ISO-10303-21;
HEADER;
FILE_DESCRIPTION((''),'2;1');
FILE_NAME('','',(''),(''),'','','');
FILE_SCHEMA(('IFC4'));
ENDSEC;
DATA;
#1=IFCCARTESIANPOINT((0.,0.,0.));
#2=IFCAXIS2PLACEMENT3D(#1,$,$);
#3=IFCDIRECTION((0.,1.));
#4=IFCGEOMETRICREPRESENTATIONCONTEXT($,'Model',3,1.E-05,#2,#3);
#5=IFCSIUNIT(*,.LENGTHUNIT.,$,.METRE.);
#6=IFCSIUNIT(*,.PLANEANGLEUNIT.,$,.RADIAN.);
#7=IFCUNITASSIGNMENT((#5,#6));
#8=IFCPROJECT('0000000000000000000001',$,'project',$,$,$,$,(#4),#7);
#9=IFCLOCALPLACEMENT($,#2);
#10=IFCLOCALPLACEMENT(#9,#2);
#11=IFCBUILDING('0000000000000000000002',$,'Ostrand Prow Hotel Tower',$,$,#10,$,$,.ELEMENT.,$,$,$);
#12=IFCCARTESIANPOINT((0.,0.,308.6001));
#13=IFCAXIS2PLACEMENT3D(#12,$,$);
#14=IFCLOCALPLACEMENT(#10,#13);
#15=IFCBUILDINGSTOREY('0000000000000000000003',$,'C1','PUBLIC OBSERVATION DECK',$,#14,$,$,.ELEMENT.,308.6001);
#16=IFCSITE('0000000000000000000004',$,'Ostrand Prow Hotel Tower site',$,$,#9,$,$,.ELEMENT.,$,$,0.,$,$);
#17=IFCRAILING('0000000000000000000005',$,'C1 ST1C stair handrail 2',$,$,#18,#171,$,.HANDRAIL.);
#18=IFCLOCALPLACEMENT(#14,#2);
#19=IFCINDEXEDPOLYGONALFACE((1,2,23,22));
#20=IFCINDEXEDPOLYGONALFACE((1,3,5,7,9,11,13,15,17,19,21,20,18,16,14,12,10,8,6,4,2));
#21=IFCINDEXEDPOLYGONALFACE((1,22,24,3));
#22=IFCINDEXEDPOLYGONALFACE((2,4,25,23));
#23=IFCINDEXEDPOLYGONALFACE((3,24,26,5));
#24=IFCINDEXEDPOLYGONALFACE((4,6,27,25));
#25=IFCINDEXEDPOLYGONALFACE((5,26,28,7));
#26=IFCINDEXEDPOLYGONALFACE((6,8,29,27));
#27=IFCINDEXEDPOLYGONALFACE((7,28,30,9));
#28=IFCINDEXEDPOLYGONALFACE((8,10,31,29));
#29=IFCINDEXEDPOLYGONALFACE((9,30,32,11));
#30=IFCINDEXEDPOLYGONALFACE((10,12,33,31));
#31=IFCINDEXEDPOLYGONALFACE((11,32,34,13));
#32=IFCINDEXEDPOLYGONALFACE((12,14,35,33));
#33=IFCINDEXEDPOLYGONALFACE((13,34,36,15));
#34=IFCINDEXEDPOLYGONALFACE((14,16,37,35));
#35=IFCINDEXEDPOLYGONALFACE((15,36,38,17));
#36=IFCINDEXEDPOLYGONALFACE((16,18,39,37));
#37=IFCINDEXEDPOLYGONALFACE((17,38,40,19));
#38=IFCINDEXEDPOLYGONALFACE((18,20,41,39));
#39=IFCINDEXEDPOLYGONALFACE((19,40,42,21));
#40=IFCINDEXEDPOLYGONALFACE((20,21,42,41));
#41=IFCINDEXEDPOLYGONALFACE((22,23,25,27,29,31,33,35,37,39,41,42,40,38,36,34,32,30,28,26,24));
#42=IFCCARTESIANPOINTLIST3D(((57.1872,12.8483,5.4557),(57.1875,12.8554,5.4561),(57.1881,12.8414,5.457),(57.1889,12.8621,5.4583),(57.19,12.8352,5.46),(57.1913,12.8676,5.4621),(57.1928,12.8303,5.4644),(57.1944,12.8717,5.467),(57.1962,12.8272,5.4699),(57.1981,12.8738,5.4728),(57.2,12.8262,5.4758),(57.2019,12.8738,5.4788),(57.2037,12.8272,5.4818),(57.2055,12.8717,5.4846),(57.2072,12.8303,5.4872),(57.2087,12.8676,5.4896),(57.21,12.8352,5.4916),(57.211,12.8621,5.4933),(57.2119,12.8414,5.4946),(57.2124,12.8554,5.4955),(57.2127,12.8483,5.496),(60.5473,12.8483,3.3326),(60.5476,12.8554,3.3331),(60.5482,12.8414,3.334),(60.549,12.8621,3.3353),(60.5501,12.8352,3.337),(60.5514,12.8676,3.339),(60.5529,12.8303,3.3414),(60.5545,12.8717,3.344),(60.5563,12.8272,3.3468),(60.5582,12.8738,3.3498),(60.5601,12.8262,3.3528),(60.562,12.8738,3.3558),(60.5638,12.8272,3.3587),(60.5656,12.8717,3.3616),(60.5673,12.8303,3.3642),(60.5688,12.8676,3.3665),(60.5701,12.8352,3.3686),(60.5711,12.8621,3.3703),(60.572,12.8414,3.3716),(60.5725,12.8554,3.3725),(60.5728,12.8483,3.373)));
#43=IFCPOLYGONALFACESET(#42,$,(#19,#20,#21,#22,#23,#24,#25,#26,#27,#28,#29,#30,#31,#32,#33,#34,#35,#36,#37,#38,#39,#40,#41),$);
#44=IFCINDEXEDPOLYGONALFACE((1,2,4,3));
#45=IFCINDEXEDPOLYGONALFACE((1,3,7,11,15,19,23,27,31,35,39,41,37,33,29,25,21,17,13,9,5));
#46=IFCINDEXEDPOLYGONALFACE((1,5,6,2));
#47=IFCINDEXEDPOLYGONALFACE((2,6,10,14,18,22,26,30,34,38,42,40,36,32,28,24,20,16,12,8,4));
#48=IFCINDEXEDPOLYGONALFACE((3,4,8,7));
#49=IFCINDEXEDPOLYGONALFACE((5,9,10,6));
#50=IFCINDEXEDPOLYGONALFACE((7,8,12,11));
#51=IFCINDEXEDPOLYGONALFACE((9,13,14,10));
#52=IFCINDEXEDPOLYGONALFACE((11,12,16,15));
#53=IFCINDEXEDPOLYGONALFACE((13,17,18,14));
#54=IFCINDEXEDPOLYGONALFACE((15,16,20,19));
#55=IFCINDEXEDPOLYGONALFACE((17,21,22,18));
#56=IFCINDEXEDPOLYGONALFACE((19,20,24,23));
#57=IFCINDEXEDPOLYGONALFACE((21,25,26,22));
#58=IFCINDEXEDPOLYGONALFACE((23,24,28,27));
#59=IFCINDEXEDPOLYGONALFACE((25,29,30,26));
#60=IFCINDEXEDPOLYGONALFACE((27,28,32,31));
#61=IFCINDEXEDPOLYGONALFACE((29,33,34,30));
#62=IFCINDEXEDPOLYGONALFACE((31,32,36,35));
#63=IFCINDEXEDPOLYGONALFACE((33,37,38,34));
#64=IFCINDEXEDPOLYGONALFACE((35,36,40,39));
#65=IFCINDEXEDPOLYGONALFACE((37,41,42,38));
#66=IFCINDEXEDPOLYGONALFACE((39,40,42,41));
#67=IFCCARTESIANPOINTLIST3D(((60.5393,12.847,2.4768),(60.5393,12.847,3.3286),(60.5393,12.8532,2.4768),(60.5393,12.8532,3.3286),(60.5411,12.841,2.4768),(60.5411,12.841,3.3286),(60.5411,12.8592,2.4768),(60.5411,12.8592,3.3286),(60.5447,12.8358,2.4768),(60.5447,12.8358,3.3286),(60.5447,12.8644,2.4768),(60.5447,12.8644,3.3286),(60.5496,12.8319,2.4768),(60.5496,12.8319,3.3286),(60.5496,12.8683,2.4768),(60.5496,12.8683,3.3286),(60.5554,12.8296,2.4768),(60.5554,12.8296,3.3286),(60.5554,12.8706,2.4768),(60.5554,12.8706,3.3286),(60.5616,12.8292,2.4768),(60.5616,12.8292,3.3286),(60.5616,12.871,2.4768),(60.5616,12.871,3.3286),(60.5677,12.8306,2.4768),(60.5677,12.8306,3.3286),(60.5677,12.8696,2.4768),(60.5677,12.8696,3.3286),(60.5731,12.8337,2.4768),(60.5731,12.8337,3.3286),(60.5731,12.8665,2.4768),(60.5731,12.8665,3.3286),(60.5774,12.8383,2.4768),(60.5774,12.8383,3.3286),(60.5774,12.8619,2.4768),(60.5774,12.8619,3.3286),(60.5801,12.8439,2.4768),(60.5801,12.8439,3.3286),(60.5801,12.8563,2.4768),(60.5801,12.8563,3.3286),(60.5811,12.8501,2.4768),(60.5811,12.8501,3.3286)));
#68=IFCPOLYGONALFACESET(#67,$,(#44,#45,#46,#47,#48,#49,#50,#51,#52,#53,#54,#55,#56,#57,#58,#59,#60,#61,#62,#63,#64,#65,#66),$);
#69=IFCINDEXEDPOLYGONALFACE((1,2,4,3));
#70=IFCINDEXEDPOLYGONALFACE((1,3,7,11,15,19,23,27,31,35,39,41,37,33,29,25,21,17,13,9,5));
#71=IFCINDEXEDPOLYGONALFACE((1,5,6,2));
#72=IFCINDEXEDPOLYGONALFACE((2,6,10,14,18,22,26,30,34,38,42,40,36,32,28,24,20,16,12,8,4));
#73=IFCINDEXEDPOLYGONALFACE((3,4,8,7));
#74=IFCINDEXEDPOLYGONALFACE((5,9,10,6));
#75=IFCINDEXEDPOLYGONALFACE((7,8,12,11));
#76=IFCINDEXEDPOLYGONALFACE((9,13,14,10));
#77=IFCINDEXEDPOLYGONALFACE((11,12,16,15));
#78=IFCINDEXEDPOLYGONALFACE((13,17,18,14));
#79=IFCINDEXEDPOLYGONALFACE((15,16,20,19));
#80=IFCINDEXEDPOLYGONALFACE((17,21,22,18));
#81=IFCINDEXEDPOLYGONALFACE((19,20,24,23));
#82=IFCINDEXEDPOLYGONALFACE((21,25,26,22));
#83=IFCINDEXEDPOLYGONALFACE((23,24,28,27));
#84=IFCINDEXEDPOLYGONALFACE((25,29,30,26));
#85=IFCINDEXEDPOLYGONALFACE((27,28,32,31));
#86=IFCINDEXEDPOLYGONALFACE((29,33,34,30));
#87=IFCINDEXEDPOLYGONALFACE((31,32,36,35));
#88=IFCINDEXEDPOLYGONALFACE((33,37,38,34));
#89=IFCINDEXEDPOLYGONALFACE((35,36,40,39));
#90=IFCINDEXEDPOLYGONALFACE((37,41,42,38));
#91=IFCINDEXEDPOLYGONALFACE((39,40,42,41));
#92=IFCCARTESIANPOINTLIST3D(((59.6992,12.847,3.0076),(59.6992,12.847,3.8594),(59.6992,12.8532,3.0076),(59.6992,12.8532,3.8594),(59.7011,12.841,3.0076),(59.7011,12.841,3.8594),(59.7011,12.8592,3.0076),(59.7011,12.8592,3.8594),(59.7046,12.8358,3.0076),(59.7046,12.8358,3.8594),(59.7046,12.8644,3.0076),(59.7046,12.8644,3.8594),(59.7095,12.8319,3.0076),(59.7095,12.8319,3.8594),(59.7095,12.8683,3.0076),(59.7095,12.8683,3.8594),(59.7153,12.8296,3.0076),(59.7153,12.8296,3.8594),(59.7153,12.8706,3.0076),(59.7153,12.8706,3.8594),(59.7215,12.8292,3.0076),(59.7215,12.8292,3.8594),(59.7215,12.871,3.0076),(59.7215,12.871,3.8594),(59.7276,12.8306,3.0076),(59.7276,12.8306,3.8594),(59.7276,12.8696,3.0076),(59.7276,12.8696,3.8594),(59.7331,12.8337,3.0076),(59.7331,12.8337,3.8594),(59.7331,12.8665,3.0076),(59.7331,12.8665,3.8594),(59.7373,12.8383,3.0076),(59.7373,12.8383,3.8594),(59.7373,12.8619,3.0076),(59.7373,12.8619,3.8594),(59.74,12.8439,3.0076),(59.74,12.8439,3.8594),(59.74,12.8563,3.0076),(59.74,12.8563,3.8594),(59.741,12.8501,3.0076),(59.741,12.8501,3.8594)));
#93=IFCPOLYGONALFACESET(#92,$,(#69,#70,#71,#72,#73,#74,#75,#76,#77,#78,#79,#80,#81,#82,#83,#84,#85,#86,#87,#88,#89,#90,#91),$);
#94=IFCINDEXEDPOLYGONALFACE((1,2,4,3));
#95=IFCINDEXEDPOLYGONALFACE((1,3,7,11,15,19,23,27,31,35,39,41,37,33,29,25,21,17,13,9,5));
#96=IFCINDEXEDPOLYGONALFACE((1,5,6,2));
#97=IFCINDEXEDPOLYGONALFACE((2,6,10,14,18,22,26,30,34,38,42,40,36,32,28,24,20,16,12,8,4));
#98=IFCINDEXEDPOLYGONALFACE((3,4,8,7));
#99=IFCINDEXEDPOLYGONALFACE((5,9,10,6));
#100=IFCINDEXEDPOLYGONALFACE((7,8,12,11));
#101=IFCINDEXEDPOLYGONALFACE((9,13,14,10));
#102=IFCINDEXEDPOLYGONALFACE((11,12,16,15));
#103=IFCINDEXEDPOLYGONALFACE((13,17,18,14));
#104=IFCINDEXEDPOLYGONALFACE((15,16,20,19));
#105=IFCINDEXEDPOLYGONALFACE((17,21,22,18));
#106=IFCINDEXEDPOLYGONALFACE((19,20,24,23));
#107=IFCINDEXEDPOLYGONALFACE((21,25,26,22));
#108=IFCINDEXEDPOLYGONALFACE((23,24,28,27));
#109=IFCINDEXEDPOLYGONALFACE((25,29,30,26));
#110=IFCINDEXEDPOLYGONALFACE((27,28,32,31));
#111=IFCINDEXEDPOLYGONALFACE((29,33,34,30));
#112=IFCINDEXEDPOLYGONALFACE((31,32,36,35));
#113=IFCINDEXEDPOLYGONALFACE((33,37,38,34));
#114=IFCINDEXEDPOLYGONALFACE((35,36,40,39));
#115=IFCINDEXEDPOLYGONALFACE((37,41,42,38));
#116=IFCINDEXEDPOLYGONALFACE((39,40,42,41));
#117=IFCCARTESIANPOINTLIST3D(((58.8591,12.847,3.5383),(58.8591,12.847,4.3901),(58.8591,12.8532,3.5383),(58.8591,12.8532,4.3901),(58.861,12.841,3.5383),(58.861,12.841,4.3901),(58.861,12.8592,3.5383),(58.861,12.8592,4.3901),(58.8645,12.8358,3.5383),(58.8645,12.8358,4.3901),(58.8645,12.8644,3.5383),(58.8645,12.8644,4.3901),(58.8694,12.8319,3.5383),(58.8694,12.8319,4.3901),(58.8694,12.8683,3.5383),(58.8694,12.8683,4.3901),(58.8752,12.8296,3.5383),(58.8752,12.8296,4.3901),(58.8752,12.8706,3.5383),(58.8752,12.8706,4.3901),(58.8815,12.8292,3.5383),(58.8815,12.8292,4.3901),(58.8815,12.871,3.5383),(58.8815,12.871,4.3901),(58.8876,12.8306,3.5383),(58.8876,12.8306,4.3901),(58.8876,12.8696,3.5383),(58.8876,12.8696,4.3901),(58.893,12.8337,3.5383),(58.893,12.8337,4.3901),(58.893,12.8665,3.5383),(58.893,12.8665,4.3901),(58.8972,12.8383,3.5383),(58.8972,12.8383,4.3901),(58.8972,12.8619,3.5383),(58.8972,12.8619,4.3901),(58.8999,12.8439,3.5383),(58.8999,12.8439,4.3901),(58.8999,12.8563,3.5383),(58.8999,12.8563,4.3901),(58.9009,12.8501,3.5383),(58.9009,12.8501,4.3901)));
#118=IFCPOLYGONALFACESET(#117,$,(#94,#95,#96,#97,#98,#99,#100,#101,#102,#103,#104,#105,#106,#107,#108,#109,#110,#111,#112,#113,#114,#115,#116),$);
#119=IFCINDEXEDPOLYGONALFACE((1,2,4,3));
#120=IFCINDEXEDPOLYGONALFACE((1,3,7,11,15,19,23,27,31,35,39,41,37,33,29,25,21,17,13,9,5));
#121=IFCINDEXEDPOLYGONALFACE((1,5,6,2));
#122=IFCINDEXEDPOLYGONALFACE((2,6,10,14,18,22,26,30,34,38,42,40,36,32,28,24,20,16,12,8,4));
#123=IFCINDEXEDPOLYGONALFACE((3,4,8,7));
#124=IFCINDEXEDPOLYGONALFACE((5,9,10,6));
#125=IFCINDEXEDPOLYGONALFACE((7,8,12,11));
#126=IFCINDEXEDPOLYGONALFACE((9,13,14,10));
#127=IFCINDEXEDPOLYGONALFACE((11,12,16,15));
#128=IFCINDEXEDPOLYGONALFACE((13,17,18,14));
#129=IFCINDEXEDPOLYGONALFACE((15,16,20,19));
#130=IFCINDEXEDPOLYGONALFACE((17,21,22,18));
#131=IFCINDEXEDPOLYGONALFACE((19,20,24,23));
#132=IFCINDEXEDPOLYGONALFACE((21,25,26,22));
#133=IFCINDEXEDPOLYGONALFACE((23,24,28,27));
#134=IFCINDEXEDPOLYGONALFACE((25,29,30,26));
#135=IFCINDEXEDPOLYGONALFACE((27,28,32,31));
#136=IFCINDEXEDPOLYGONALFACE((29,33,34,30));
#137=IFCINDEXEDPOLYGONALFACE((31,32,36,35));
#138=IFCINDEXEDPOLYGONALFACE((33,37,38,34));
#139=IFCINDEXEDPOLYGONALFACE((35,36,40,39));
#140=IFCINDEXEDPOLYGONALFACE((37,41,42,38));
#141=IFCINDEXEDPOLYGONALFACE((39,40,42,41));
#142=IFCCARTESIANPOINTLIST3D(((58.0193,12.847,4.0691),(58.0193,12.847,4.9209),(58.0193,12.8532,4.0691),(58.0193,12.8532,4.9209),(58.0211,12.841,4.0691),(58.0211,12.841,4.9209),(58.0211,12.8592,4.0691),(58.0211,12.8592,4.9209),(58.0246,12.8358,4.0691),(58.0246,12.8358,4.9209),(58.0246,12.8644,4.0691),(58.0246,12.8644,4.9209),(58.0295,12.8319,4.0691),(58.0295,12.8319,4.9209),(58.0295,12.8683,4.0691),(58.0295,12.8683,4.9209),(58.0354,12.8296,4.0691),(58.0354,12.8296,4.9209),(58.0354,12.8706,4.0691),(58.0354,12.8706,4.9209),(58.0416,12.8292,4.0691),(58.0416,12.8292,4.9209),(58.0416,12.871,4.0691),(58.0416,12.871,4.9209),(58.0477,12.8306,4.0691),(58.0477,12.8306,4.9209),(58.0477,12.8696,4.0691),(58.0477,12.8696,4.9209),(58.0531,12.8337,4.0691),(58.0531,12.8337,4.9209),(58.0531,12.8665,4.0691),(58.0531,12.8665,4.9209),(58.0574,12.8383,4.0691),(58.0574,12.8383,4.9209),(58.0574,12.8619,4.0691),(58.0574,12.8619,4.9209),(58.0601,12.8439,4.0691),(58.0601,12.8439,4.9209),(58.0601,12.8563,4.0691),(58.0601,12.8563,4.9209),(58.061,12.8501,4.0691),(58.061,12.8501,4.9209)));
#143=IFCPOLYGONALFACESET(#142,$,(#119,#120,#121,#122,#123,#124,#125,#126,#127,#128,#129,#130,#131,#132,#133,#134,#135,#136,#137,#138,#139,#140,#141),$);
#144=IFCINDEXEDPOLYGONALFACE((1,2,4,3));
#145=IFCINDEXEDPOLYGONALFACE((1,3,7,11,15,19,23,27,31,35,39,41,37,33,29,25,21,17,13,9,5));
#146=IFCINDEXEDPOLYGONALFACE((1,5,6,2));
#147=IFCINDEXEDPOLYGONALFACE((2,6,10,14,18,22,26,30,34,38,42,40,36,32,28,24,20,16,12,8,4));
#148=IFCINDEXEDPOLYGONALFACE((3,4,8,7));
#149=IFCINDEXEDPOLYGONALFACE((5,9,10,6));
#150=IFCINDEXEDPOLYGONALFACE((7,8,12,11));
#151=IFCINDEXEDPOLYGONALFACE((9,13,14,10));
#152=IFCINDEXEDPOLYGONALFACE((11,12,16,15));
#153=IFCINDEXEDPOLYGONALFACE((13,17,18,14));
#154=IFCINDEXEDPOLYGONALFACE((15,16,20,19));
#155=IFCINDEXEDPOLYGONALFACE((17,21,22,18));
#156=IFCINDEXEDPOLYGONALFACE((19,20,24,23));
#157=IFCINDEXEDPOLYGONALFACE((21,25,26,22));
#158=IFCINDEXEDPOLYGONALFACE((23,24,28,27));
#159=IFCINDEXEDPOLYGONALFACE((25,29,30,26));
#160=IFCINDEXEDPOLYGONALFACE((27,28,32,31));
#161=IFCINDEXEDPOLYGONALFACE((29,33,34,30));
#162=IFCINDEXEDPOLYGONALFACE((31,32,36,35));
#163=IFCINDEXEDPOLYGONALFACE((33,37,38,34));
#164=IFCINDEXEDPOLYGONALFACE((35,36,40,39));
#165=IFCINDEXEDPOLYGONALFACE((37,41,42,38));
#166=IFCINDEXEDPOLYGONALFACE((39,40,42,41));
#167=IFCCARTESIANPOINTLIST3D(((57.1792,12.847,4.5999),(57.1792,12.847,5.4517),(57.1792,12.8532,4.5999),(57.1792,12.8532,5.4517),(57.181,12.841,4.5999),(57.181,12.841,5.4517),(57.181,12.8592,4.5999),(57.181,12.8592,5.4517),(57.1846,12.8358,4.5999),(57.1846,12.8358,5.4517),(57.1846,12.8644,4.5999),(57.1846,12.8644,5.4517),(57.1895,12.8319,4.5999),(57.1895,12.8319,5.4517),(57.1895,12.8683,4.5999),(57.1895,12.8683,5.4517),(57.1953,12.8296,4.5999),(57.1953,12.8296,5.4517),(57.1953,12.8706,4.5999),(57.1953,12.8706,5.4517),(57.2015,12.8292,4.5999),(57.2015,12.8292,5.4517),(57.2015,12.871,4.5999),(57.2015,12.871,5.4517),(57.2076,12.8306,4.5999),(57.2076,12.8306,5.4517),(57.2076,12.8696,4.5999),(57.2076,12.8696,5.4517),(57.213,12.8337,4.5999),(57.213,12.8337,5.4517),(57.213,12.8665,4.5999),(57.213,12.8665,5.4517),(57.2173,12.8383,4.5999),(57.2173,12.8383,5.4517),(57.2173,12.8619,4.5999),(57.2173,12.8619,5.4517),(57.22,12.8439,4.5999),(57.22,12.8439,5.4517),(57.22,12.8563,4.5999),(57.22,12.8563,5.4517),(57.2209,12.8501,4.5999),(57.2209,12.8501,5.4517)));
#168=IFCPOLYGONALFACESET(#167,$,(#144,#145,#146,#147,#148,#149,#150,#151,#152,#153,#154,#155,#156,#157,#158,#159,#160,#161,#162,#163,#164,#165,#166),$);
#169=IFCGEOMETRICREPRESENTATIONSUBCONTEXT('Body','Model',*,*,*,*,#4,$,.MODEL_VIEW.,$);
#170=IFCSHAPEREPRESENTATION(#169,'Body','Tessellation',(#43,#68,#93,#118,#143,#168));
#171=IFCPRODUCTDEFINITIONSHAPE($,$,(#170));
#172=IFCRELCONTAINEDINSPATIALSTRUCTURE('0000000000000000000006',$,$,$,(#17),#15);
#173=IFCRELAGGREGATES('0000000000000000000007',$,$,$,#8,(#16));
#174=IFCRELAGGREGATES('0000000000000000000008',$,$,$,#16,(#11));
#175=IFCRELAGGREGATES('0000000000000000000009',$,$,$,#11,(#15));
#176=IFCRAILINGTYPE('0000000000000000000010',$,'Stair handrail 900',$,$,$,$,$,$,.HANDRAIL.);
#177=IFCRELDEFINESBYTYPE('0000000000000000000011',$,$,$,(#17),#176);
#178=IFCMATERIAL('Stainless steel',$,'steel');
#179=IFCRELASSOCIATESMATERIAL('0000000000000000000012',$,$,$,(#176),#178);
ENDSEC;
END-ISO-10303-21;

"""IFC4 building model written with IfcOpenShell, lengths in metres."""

from ifc_helpers import new_model, si_unit, direction, frame, origin, origin_2d, place, context, subcontext, project, spatial, circle, extrude, material, type_object, element, save


model = new_model("IFC4")

# Units and contexts
model_context = context("Model", 3, precision=1e-05, world=origin(), true_north=direction((0.0, 1.0)))
body_context = subcontext(model_context, "Body", "Model", "MODEL_VIEW")
ifc_project = project(units=[si_unit("LENGTHUNIT", "METRE"), si_unit("PLANEANGLEUNIT", "RADIAN")], contexts=[model_context])

# Site, building, storey
site_placement = place(None, origin())
site = spatial("IfcSite", under=ifc_project, at=site_placement, Name="Ostrand Prow Hotel Tower site", CompositionType="ELEMENT", RefElevation=0.0)
building_placement = place(site_placement, origin())
building = spatial("IfcBuilding", under=site, at=building_placement, Name="Ostrand Prow Hotel Tower", CompositionType="ELEMENT")
storey_placement = place(building_placement, frame((0.0, 0.0, 308.6001)))
storey = spatial("IfcBuildingStorey", under=building, at=storey_placement, Name="C1", Description="PUBLIC OBSERVATION DECK", CompositionType="ELEMENT", Elevation=308.6001)

# Railing
ifc_material_1 = material(Name="Stainless steel", Category="steel")
railing_type_1 = type_object("IfcRailingType", Name="Stair handrail 900", PredefinedType="HANDRAIL", material=ifc_material_1)
railing_1_placement = place(storey_placement, frame((60.5601, 12.8501, 2.4768)))
element("IfcRailing", 1, at=railing_1_placement, inside=storey, type_object=railing_type_1, Name="C1 ST1C stair handrail 2", PredefinedType="HANDRAIL", context=body_context, shape_type="SweptSolid", body=[
    extrude(circle(Radius=0.0239, at=origin_2d()), frame((0.0, 0.0, 0.876), z_axis=(-0.84539, 0.0, 0.53415), x_axis=(0.0, -1.0, 0.0)), (0.0, 0.0, 1.0), 3.9746),
    extrude(circle(Radius=0.021, at=origin_2d()), origin(), (0.0, 0.0, 1.0), 0.8518),
    extrude(circle(Radius=0.021, at=origin_2d()), frame((-0.8401, 0.0, 0.5308)), (0.0, 0.0, 1.0), 0.8518),
    extrude(circle(Radius=0.021, at=origin_2d()), frame((-1.6802, 0.0, 1.0615)), (0.0, 0.0, 1.0), 0.8518),
    extrude(circle(Radius=0.021, at=origin_2d()), frame((-2.52, 0.0, 1.5923)), (0.0, 0.0, 1.0), 0.8518),
    extrude(circle(Radius=0.021, at=origin_2d()), frame((-3.3601, 0.0, 2.123)), (0.0, 0.0, 1.0), 0.8518),
])

save(model, "model.ifc")
